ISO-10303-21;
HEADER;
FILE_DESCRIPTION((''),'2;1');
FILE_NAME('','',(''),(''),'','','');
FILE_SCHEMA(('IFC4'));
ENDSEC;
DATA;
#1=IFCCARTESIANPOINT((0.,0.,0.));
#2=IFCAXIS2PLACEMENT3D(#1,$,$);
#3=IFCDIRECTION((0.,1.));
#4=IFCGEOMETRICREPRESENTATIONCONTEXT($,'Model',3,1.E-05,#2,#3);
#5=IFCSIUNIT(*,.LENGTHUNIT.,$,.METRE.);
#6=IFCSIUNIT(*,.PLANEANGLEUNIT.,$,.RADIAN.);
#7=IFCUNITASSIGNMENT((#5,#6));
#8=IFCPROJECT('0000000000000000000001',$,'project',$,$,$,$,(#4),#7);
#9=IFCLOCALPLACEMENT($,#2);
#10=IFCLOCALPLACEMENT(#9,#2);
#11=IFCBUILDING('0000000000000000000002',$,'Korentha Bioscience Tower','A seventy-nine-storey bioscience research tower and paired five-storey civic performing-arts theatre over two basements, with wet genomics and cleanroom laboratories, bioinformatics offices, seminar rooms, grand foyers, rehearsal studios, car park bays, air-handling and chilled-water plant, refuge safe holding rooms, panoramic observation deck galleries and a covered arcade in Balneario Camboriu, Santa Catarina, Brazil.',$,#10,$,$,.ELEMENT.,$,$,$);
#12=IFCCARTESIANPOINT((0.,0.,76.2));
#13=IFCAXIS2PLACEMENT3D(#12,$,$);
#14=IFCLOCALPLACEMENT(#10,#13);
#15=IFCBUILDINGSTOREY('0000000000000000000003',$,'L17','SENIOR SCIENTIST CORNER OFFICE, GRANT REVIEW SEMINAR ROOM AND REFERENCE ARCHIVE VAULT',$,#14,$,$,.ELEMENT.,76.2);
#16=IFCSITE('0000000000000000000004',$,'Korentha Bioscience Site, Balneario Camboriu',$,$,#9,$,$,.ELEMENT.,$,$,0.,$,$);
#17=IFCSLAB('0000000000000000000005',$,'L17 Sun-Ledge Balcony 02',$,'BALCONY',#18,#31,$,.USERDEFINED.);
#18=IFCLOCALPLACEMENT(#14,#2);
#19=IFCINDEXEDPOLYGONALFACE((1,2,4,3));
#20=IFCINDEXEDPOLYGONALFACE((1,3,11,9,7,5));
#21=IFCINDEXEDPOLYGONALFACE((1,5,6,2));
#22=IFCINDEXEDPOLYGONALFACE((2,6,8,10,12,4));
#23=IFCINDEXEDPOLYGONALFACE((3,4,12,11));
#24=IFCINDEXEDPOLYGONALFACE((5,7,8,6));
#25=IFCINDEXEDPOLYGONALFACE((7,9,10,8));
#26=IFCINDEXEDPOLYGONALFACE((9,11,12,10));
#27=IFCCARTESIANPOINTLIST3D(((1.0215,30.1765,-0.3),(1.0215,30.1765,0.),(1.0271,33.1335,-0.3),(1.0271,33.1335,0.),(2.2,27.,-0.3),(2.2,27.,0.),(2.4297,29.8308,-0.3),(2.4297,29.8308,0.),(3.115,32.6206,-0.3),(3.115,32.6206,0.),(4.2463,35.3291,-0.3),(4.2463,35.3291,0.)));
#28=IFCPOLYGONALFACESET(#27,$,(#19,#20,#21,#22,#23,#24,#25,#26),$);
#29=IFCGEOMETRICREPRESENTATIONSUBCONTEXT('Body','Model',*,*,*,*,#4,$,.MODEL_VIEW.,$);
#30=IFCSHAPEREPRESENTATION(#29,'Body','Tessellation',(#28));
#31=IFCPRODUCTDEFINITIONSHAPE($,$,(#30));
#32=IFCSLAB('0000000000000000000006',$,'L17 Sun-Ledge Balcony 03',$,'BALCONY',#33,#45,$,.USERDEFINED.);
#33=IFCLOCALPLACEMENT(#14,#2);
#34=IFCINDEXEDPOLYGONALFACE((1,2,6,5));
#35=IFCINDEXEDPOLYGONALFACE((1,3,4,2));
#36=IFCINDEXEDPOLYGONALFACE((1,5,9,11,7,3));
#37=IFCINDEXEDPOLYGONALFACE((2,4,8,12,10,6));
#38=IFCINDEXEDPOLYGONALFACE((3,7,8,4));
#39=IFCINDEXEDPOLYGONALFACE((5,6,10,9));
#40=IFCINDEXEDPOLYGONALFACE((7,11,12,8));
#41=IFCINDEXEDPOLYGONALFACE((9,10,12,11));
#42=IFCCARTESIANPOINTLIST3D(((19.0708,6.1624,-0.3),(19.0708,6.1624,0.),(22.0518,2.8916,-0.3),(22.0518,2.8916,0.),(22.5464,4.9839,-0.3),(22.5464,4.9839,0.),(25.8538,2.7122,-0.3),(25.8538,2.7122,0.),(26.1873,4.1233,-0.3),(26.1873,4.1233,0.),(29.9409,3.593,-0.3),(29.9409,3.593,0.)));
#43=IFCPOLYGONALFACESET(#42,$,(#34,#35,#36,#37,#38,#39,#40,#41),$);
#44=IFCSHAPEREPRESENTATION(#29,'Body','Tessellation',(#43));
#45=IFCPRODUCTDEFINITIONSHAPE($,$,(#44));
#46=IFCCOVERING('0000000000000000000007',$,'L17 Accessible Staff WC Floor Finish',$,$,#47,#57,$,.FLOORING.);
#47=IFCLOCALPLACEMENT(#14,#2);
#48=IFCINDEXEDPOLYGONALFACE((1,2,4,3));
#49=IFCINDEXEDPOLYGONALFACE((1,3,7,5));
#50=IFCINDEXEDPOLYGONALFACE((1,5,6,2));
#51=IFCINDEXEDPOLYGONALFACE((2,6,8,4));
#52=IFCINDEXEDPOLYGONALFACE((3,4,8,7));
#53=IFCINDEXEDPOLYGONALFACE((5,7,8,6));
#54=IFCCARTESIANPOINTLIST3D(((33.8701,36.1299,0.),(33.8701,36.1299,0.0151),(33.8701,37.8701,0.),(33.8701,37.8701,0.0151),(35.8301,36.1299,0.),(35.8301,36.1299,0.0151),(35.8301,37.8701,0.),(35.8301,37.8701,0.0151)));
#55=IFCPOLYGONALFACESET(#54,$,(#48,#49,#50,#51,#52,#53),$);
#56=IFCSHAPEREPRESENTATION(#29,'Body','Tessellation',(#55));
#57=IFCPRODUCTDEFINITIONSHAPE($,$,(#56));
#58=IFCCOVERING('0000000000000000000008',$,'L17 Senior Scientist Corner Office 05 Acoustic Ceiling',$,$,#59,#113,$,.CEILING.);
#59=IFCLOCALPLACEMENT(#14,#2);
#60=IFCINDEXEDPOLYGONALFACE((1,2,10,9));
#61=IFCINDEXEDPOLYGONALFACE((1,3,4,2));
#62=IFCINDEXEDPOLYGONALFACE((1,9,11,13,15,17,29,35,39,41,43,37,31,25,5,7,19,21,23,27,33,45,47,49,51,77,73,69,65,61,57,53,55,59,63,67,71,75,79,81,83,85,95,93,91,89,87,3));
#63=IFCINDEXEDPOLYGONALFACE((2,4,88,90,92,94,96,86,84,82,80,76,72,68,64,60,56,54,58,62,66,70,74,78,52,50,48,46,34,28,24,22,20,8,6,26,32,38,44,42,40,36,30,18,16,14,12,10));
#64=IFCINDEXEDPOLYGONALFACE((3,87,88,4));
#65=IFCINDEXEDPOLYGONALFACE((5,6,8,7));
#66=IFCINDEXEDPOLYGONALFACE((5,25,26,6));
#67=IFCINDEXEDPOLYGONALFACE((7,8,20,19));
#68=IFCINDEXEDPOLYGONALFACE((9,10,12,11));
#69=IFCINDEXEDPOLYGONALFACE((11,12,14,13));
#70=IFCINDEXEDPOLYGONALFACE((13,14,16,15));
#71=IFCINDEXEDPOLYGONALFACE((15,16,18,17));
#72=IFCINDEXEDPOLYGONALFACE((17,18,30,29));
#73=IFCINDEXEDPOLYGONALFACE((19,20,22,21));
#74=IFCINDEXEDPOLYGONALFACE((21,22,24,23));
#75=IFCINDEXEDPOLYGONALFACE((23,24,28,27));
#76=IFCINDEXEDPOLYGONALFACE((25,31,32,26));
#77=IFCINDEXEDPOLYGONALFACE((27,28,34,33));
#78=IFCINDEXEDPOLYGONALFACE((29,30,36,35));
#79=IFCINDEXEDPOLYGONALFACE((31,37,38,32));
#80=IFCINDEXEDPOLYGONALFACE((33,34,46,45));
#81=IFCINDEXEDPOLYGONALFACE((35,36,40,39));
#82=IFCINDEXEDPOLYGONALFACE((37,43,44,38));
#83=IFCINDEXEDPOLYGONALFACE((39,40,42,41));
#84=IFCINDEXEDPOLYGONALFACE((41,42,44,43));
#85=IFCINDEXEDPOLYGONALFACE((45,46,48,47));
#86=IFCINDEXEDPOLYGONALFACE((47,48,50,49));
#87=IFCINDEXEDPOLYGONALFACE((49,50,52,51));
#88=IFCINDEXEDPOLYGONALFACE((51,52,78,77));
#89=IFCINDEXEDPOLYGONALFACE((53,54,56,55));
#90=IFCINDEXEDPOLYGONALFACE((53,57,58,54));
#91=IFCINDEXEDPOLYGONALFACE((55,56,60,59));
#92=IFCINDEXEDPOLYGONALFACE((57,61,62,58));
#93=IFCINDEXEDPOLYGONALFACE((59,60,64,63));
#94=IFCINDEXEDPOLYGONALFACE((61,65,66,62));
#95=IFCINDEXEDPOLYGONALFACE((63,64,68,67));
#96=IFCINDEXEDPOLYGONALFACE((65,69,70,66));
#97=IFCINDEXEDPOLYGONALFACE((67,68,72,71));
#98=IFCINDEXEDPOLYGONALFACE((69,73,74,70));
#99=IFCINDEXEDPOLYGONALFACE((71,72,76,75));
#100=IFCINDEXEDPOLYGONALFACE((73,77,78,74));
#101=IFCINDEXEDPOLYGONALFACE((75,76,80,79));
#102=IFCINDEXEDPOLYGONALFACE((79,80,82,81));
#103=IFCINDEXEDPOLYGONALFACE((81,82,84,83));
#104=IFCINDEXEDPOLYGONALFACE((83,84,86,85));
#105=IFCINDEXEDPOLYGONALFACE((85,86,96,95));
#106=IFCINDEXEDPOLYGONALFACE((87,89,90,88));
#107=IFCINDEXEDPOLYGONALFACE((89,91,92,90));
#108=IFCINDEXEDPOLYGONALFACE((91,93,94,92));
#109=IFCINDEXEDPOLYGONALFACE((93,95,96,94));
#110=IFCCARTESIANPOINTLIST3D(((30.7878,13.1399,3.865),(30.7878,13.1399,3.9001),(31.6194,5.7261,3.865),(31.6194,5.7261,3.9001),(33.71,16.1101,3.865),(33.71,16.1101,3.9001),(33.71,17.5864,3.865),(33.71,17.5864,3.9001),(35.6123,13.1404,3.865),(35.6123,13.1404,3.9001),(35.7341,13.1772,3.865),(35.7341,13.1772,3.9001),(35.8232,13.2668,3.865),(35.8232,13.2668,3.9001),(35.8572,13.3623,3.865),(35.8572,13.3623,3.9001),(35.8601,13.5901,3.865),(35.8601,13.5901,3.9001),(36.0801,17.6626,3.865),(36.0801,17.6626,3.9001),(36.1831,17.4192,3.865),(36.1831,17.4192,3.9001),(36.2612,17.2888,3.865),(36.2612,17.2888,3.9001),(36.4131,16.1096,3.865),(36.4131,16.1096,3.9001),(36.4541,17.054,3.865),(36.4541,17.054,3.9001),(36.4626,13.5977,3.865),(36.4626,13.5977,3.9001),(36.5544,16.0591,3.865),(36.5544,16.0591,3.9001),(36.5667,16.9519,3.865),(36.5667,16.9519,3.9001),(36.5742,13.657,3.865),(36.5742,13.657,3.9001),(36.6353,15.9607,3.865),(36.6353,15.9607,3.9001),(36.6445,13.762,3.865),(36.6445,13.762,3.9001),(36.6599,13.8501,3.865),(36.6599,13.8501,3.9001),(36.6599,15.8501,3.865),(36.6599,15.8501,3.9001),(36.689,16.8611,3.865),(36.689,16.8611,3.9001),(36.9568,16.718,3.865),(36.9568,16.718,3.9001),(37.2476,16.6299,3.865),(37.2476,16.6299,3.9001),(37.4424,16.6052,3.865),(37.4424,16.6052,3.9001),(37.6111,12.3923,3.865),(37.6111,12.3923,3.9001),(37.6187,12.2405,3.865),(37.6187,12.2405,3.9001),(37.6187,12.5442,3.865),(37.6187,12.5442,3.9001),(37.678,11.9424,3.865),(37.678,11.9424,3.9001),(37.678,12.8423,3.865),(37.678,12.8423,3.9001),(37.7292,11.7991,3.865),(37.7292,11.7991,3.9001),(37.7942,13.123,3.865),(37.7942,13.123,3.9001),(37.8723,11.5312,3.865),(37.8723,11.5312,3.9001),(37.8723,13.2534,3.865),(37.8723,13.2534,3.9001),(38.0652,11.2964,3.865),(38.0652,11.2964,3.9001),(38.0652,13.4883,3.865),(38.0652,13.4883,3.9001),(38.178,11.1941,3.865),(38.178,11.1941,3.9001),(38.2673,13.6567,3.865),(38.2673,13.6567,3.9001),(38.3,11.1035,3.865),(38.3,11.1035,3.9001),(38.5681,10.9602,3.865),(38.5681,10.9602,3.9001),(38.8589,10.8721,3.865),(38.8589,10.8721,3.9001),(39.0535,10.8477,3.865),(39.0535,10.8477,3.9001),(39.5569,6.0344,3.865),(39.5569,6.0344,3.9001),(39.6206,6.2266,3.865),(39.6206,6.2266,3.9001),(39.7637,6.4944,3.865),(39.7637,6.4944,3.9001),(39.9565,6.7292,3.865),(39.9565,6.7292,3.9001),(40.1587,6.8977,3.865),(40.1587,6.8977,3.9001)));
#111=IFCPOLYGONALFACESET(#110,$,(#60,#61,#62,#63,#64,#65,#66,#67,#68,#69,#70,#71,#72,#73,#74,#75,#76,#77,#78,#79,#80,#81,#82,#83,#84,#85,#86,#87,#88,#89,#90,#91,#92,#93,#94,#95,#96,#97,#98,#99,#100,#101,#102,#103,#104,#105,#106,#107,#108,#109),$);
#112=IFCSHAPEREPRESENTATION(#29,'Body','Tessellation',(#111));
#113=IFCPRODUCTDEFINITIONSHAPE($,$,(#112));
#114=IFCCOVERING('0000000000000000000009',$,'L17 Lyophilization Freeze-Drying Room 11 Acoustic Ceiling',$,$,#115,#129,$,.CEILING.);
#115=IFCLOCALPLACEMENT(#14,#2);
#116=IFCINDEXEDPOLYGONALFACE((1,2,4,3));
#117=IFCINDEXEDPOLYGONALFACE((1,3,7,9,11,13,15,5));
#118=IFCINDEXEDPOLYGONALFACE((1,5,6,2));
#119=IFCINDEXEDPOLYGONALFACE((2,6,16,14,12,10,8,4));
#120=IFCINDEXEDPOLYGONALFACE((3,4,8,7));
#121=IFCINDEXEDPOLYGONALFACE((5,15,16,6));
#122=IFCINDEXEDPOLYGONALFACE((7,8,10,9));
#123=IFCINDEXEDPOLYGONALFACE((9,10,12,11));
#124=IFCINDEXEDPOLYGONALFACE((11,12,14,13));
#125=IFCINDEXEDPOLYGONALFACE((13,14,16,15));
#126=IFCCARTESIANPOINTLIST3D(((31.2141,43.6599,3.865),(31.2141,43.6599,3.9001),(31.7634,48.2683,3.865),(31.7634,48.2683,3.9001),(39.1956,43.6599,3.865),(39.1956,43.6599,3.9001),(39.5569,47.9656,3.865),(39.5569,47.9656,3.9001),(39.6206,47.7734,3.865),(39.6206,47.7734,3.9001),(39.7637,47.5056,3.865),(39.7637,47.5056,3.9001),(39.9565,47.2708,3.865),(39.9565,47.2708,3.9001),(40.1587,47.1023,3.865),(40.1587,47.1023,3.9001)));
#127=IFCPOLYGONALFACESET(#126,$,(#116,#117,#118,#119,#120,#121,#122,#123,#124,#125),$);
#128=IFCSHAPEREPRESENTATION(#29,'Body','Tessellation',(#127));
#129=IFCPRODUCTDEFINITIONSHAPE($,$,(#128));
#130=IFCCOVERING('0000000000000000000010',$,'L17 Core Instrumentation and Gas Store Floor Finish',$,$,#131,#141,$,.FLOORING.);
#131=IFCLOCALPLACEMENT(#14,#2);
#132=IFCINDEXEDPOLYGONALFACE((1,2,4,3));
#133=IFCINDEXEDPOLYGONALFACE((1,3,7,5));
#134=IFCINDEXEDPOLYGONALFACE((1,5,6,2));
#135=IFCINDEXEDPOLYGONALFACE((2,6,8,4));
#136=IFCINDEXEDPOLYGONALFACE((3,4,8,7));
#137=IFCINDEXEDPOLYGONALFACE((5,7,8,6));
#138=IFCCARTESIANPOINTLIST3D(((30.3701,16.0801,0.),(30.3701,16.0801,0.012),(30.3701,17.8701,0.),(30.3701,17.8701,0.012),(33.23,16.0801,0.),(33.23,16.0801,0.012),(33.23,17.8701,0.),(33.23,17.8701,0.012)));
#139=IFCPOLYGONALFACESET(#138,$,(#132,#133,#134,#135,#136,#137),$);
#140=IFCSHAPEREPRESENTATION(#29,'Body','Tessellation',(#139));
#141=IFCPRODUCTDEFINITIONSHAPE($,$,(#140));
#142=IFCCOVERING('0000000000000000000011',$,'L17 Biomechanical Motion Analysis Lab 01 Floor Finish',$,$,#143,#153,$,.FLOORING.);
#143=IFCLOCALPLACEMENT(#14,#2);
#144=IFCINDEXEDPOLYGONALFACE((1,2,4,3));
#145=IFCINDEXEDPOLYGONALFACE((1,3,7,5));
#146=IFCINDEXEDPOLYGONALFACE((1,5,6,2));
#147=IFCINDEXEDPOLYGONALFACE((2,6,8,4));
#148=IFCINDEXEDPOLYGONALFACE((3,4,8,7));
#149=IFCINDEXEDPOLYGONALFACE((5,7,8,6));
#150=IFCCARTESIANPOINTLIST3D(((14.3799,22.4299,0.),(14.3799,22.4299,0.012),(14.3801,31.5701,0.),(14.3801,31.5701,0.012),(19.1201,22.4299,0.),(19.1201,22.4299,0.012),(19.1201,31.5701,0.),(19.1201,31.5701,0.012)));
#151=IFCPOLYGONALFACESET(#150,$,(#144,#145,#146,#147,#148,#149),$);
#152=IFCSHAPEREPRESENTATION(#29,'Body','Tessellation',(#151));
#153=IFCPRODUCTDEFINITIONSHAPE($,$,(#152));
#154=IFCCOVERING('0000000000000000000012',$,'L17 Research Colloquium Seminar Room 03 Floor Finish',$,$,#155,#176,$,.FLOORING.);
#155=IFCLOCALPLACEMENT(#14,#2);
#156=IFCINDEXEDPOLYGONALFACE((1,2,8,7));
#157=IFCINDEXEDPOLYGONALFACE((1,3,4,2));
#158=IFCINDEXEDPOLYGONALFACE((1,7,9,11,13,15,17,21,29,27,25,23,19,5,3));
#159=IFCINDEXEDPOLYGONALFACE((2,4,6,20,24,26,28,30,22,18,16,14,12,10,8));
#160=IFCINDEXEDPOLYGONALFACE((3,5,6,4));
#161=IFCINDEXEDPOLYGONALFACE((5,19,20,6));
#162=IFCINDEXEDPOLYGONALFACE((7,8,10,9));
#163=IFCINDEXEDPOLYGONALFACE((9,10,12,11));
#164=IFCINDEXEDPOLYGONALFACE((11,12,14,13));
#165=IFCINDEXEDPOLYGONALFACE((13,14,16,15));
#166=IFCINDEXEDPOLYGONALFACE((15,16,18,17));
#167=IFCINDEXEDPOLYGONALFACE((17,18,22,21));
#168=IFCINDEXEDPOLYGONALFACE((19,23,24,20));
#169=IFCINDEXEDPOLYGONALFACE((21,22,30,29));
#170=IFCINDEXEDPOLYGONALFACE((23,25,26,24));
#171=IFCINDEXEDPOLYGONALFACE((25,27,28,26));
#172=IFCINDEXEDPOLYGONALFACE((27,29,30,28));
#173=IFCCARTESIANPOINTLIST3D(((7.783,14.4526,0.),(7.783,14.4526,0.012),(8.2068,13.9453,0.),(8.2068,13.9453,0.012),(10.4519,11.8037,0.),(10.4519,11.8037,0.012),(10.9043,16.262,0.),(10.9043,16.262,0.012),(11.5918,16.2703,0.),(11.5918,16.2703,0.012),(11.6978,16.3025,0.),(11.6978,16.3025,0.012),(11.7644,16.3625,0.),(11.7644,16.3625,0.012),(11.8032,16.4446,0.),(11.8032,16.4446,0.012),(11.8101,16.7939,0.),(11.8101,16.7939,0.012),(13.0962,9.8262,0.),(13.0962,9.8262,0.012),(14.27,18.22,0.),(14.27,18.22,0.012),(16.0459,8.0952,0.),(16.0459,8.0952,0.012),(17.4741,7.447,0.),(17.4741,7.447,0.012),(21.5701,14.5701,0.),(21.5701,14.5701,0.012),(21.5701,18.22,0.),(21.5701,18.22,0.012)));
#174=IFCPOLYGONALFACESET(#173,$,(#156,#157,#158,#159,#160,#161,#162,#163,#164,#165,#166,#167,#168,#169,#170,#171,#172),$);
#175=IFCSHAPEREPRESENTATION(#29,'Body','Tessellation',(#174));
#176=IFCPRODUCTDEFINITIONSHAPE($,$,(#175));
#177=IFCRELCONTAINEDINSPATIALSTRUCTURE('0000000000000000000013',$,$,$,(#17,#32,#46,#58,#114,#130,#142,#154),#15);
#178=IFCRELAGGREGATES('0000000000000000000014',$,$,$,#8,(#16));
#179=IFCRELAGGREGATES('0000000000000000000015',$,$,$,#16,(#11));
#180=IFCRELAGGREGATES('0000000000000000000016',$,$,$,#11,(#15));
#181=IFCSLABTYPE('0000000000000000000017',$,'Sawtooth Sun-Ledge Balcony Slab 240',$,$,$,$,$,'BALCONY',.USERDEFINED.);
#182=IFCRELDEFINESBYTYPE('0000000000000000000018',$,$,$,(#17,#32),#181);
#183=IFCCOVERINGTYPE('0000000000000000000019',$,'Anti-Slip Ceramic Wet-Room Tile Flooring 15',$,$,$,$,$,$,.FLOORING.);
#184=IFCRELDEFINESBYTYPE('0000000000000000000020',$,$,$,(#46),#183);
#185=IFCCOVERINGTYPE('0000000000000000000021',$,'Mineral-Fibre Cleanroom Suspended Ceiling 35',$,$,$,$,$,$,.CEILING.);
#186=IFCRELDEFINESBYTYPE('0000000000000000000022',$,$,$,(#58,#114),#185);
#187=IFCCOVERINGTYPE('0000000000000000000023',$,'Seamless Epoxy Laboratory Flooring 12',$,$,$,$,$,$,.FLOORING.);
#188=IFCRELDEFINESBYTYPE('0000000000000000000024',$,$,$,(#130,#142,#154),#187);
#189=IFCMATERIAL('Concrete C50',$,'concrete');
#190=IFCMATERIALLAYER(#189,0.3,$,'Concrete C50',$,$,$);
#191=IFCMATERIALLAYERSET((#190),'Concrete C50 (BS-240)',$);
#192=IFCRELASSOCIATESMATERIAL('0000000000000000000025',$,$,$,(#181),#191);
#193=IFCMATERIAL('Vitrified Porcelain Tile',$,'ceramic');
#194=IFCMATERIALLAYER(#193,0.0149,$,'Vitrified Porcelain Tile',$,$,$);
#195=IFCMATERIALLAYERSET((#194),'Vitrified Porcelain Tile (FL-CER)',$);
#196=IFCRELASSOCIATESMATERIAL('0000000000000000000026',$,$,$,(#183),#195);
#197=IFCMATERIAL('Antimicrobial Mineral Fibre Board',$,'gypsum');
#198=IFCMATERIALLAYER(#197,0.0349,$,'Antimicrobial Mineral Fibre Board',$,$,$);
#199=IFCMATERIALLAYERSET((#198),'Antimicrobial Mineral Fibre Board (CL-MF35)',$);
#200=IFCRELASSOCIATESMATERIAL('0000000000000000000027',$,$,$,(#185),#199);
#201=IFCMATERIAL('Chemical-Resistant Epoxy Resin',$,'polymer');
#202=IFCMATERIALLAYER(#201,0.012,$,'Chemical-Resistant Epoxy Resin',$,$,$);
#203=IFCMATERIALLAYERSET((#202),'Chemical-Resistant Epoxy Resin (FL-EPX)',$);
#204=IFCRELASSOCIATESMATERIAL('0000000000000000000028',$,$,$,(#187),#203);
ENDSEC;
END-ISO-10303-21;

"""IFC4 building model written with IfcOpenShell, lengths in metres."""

from ifc_helpers import new_model, si_unit, direction, frame, origin, place, context, subcontext, project, spatial, polyline, outline, extrude, material, layer, layer_set, type_object, element, save


model = new_model("IFC4")

# Units and contexts
model_context = context("Model", 3, precision=1e-05, world=origin(), true_north=direction((0.0, 1.0)))
body_context = subcontext(model_context, "Body", "Model", "MODEL_VIEW")
ifc_project = project(units=[si_unit("LENGTHUNIT", "METRE"), si_unit("PLANEANGLEUNIT", "RADIAN")], contexts=[model_context])

# Site, building, storey
site_placement = place(None, origin())
site = spatial("IfcSite", under=ifc_project, at=site_placement, Name="Korentha Bioscience Site, Balneario Camboriu", CompositionType="ELEMENT", RefElevation=0.0)
building_placement = place(site_placement, origin())
building = spatial("IfcBuilding", under=site, at=building_placement, Name="Korentha Bioscience Tower", Description="A seventy-nine-storey bioscience research tower and paired five-storey civic performing-arts theatre over two basements, with wet genomics and cleanroom laboratories, bioinformatics offices, seminar rooms, grand foyers, rehearsal studios, car park bays, air-handling and chilled-water plant, refuge safe holding rooms, panoramic observation deck galleries and a covered arcade in Balneario Camboriu, Santa Catarina, Brazil.", CompositionType="ELEMENT")
storey_placement = place(building_placement, frame((0.0, 0.0, 76.2)))
storey = spatial("IfcBuildingStorey", under=building, at=storey_placement, Name="L17", Description="SENIOR SCIENTIST CORNER OFFICE, GRANT REVIEW SEMINAR ROOM AND REFERENCE ARCHIVE VAULT", CompositionType="ELEMENT", Elevation=76.2)

# Shared definitions
ifc_material_1 = material(Name="Concrete C50", Category="concrete")

# Slabs
ifc_layer_1 = layer(ifc_material_1, 0.3, Name="Concrete C50")
ifc_layer_set_1 = layer_set([ifc_layer_1], Name="Concrete C50 (BS-240)")
slab_type_1 = type_object("IfcSlabType", Name="Sawtooth Sun-Ledge Balcony Slab 240", ElementType="BALCONY", PredefinedType="USERDEFINED", material=ifc_layer_set_1)
slab_1_placement = place(storey_placement, frame((0.0, 0.0, -0.3)))
element("IfcSlab", 1, at=slab_1_placement, inside=storey, type_object=slab_type_1, Name="L17 Sun-Ledge Balcony 02", ObjectType="BALCONY", PredefinedType="USERDEFINED", context=body_context, shape_type="SweptSolid", body=[
    extrude(outline(polyline([(2.2, 27.0), (2.4297, 29.8308), (3.115, 32.6206), (4.2463, 35.3291), (1.0271, 33.1335), (1.0215, 30.1765), (2.2, 27.0)])), origin(), (0.0, 0.0, 1.0), 0.3),
])
slab_2_placement = place(storey_placement, frame((0.0, 0.0, -0.3)))
element("IfcSlab", 2, at=slab_2_placement, inside=storey, type_object=slab_type_1, Name="L17 Sun-Ledge Balcony 03", ObjectType="BALCONY", PredefinedType="USERDEFINED", context=body_context, shape_type="SweptSolid", body=[
    extrude(outline(polyline([(29.9409, 3.593), (26.1873, 4.1233), (22.5464, 4.9839), (19.0708, 6.1624), (22.0518, 2.8916), (25.8538, 2.7122), (29.9409, 3.593)])), origin(), (0.0, 0.0, 1.0), 0.3),
])

# Coverings
ifc_material_2 = material(Name="Vitrified Porcelain Tile", Category="ceramic")
ifc_layer_2 = layer(ifc_material_2, 0.0149, Name="Vitrified Porcelain Tile")
ifc_layer_set_2 = layer_set([ifc_layer_2], Name="Vitrified Porcelain Tile (FL-CER)")
covering_type_1 = type_object("IfcCoveringType", Name="Anti-Slip Ceramic Wet-Room Tile Flooring 15", PredefinedType="FLOORING", material=ifc_layer_set_2)
covering_1_placement = place(storey_placement, origin())
element("IfcCovering", 3, at=covering_1_placement, inside=storey, type_object=covering_type_1, Name="L17 Accessible Staff WC Floor Finish", PredefinedType="FLOORING", context=body_context, shape_type="SweptSolid", body=[
    extrude(outline(polyline([(33.8701, 36.1299), (33.8701, 37.8701), (35.8301, 37.8701), (35.8301, 36.1299), (33.8701, 36.1299)])), origin(), (0.0, 0.0, 1.0), 0.0151),
])
ifc_material_3 = material(Name="Antimicrobial Mineral Fibre Board", Category="gypsum")
ifc_layer_3 = layer(ifc_material_3, 0.0349, Name="Antimicrobial Mineral Fibre Board")
ifc_layer_set_3 = layer_set([ifc_layer_3], Name="Antimicrobial Mineral Fibre Board (CL-MF35)")
covering_type_2 = type_object("IfcCoveringType", Name="Mineral-Fibre Cleanroom Suspended Ceiling 35", PredefinedType="CEILING", material=ifc_layer_set_3)
covering_2_placement = place(storey_placement, frame((0.0, 0.0, 3.865)))
element("IfcCovering", 4, at=covering_2_placement, inside=storey, type_object=covering_type_2, Name="L17 Senior Scientist Corner Office 05 Acoustic Ceiling", PredefinedType="CEILING", context=body_context, shape_type="SweptSolid", body=[
    extrude(outline(polyline([(35.6123, 13.1404), (35.7341, 13.1772), (35.8232, 13.2668), (35.8572, 13.3623), (35.8601, 13.5901), (36.4626, 13.5977), (36.5742, 13.657), (36.6445, 13.762), (36.6599, 13.8501), (36.6599, 15.8501), (36.6353, 15.9607), (36.5544, 16.0591), (36.4131, 16.1096), (33.71, 16.1101), (33.71, 17.5864), (36.0801, 17.6626), (36.1831, 17.4192), (36.2612, 17.2888), (36.4541, 17.054), (36.5667, 16.9519), (36.689, 16.8611), (36.9568, 16.718), (37.2476, 16.6299), (37.4424, 16.6052), (38.2673, 13.6567), (38.0652, 13.4883), (37.8723, 13.2534), (37.7942, 13.123), (37.678, 12.8423), (37.6187, 12.5442), (37.6111, 12.3923), (37.6187, 12.2405), (37.678, 11.9424), (37.7292, 11.7991), (37.8723, 11.5312), (38.0652, 11.2964), (38.178, 11.1941), (38.3, 11.1035), (38.5681, 10.9602), (38.8589, 10.8721), (39.0535, 10.8477), (40.1587, 6.8977), (39.9565, 6.7292), (39.7637, 6.4944), (39.6206, 6.2266), (39.5569, 6.0344), (31.6194, 5.7261), (30.7878, 13.1399), (35.6123, 13.1404)])), origin(), (0.0, 0.0, 1.0), 0.0352),
])
covering_3_placement = place(storey_placement, frame((0.0, 0.0, 3.865)))
element("IfcCovering", 5, at=covering_3_placement, inside=storey, type_object=covering_type_2, Name="L17 Lyophilization Freeze-Drying Room 11 Acoustic Ceiling", PredefinedType="CEILING", context=body_context, shape_type="SweptSolid", body=[
    extrude(outline(polyline([(31.7634, 48.2683), (39.5569, 47.9656), (39.6206, 47.7734), (39.7637, 47.5056), (39.9565, 47.2708), (40.1587, 47.1023), (39.1956, 43.6599), (31.2141, 43.6599), (31.7634, 48.2683)])), origin(), (0.0, 0.0, 1.0), 0.0352),
])
ifc_material_4 = material(Name="Chemical-Resistant Epoxy Resin", Category="polymer")
ifc_layer_4 = layer(ifc_material_4, 0.012, Name="Chemical-Resistant Epoxy Resin")
ifc_layer_set_4 = layer_set([ifc_layer_4], Name="Chemical-Resistant Epoxy Resin (FL-EPX)")
covering_type_3 = type_object("IfcCoveringType", Name="Seamless Epoxy Laboratory Flooring 12", PredefinedType="FLOORING", material=ifc_layer_set_4)
covering_4_placement = place(storey_placement, origin())
element("IfcCovering", 6, at=covering_4_placement, inside=storey, type_object=covering_type_3, Name="L17 Core Instrumentation and Gas Store Floor Finish", PredefinedType="FLOORING", context=body_context, shape_type="SweptSolid", body=[
    extrude(outline(polyline([(30.3701, 16.0801), (30.3701, 17.8701), (33.23, 17.8701), (33.23, 16.0801), (30.3701, 16.0801)])), origin(), (0.0, 0.0, 1.0), 0.012),
])
covering_5_placement = place(storey_placement, origin())
element("IfcCovering", 7, at=covering_5_placement, inside=storey, type_object=covering_type_3, Name="L17 Biomechanical Motion Analysis Lab 01 Floor Finish", PredefinedType="FLOORING", context=body_context, shape_type="SweptSolid", body=[
    extrude(outline(polyline([(14.3799, 22.4299), (14.3801, 31.5701), (19.1201, 31.5701), (19.1201, 22.4299), (14.3799, 22.4299)])), origin(), (0.0, 0.0, 1.0), 0.012),
])
covering_6_placement = place(storey_placement, origin())
element("IfcCovering", 8, at=covering_6_placement, inside=storey, type_object=covering_type_3, Name="L17 Research Colloquium Seminar Room 03 Floor Finish", PredefinedType="FLOORING", context=body_context, shape_type="SweptSolid", body=[
    extrude(outline(polyline([(8.2068, 13.9453), (7.783, 14.4526), (10.9043, 16.262), (11.5918, 16.2703), (11.6978, 16.3025), (11.7644, 16.3625), (11.8032, 16.4446), (11.8101, 16.7939), (14.27, 18.22), (21.5701, 18.22), (21.5701, 14.5701), (17.4741, 7.447), (16.0459, 8.0952), (13.0962, 9.8262), (10.4519, 11.8037), (8.2068, 13.9453)])), origin(), (0.0, 0.0, 1.0), 0.012),
])

save(model, "model.ifc")
